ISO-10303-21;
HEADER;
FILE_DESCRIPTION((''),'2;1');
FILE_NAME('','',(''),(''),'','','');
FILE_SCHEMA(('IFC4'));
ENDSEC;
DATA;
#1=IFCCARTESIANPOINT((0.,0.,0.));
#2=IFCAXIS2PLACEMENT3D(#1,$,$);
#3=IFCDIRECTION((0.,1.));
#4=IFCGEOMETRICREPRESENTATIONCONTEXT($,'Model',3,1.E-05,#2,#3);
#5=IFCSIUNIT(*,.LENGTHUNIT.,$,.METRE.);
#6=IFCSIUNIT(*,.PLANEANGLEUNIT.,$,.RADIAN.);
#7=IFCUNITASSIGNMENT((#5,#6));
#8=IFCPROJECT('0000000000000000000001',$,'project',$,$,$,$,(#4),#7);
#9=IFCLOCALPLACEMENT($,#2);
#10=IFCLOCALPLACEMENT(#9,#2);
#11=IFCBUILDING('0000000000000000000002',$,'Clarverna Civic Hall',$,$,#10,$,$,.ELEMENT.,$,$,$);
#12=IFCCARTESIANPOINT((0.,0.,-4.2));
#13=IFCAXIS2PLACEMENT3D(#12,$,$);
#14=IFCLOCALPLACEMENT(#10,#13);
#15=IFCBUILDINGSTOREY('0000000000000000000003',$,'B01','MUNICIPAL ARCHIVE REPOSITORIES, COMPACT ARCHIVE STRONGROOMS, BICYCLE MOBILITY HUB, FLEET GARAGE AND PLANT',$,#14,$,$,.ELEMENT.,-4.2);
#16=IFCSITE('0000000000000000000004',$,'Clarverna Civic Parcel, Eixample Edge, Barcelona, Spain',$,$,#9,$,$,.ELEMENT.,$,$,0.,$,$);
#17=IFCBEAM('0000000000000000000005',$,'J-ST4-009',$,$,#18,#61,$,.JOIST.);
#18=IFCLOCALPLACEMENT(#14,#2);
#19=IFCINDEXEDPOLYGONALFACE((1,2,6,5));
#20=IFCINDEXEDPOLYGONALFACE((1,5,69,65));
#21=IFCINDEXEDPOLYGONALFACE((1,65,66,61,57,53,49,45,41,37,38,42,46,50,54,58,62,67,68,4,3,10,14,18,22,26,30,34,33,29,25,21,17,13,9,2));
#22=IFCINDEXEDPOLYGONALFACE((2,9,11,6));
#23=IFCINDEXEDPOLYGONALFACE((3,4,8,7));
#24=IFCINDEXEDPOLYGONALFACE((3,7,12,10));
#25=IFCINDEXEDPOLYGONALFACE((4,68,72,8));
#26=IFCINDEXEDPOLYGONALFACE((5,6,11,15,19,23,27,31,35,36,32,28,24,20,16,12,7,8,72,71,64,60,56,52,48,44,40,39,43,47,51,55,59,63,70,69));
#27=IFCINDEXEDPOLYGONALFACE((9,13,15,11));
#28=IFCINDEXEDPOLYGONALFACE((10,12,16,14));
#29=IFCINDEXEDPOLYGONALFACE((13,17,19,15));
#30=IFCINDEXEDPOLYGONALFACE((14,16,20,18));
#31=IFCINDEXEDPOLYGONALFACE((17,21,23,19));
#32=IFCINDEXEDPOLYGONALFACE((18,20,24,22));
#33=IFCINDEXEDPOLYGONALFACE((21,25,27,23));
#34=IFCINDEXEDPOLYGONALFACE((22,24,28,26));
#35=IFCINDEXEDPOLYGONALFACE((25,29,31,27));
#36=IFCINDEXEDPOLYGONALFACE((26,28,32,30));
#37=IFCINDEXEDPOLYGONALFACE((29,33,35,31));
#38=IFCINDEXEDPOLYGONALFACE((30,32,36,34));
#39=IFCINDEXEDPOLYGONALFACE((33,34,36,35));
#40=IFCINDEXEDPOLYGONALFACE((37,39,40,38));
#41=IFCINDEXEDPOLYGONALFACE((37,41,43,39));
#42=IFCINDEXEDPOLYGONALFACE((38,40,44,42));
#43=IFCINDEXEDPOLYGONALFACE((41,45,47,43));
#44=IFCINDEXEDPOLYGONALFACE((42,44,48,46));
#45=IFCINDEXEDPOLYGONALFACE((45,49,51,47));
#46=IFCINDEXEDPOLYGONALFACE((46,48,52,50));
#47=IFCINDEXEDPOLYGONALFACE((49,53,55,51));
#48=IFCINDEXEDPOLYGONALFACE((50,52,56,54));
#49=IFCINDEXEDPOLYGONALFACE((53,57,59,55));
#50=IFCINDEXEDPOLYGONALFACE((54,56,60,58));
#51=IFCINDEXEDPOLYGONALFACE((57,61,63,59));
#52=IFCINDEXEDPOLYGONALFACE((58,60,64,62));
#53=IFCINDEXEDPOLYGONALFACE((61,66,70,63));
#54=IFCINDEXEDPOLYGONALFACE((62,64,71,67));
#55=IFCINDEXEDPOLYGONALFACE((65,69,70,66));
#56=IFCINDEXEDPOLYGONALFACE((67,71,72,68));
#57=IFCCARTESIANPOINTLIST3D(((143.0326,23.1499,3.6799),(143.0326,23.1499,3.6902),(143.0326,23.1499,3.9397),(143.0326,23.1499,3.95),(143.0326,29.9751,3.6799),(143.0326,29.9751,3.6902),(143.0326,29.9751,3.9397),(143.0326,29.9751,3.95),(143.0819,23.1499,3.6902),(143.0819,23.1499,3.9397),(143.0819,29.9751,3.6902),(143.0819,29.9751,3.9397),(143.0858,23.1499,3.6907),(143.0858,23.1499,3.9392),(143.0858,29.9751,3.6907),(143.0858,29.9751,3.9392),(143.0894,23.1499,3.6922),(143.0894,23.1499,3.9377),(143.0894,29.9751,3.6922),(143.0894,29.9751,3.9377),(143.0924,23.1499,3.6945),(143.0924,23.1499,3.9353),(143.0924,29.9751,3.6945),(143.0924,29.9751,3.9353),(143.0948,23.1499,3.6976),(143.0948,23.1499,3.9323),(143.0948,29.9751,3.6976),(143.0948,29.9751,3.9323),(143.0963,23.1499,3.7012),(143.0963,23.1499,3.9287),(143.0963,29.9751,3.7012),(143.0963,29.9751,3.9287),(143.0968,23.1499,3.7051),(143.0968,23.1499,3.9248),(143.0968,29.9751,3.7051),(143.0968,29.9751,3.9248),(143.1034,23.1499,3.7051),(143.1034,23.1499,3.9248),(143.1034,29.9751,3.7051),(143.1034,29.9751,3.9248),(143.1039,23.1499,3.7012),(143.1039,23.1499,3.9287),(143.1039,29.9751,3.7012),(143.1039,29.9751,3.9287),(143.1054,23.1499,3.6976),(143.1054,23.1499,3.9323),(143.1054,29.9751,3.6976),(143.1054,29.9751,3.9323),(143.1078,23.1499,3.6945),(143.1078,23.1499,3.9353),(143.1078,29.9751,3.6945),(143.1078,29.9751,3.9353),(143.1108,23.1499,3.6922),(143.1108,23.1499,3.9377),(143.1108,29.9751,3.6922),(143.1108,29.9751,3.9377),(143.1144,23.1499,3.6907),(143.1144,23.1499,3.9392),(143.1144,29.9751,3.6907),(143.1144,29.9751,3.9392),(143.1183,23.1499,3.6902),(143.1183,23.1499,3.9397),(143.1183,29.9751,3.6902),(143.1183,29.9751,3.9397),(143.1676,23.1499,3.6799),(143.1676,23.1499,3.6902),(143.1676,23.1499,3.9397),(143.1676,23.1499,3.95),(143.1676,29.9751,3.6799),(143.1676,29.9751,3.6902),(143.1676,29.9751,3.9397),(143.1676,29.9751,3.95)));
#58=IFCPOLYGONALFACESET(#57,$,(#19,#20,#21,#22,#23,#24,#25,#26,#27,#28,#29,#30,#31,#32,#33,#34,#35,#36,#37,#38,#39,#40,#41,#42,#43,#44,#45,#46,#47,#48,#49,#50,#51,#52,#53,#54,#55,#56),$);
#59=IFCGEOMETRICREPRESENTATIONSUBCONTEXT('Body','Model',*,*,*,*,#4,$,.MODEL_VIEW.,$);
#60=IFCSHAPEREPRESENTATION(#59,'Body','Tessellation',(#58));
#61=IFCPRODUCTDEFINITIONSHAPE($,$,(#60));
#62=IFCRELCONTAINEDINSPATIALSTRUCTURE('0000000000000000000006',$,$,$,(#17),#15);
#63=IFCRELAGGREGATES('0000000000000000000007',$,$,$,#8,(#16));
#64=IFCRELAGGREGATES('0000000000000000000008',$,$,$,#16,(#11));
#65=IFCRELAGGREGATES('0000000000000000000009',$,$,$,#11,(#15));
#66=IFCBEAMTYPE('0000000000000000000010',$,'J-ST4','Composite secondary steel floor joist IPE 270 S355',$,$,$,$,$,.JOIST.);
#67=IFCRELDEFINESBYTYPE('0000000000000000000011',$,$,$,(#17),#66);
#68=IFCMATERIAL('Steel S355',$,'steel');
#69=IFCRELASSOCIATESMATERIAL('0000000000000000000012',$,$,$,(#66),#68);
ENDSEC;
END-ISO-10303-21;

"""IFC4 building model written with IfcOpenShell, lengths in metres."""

from ifc_helpers import new_model, si_unit, direction, frame, origin, origin_2d, place, context, subcontext, project, spatial, i_section, extrude, material, material_profile, profile_set, type_object, element, save


model = new_model("IFC4")

# Units and contexts
model_context = context("Model", 3, precision=1e-05, world=origin(), true_north=direction((0.0, 1.0)))
body_context = subcontext(model_context, "Body", "Model", "MODEL_VIEW")
ifc_project = project(units=[si_unit("LENGTHUNIT", "METRE"), si_unit("PLANEANGLEUNIT", "RADIAN")], contexts=[model_context])

# Site, building, storey
site_placement = place(None, origin())
site = spatial("IfcSite", under=ifc_project, at=site_placement, Name="Clarverna Civic Parcel, Eixample Edge, Barcelona, Spain", CompositionType="ELEMENT", RefElevation=0.0)
building_placement = place(site_placement, origin())
building = spatial("IfcBuilding", under=site, at=building_placement, Name="Clarverna Civic Hall", CompositionType="ELEMENT")
storey_placement = place(building_placement, frame((0.0, 0.0, -4.2)))
storey = spatial("IfcBuildingStorey", under=building, at=storey_placement, Name="B01", Description="MUNICIPAL ARCHIVE REPOSITORIES, COMPACT ARCHIVE STRONGROOMS, BICYCLE MOBILITY HUB, FLEET GARAGE AND PLANT", CompositionType="ELEMENT", Elevation=-4.2)

# Beam
ifc_material_1 = material(Name="Steel S355", Category="steel")
ifc_material_profile_1 = material_profile(ifc_material_1, i_section(OverallWidth=0.135, OverallDepth=0.27, WebThickness=0.0066, FlangeThickness=0.0103, FilletRadius=0.0149, at=origin_2d()), Name="IPE 270")
ifc_profile_set_1 = profile_set([ifc_material_profile_1], Name="Steel S355")
beam_type_1 = type_object("IfcBeamType", Name="J-ST4", Description="Composite secondary steel floor joist IPE 270 S355", PredefinedType="JOIST", material=ifc_profile_set_1)
beam_1_placement = place(storey_placement, frame((143.1001, 23.1499, 3.8149), z_axis=(0.0, 1.0, 0.0), x_axis=(-1.0, 0.0, 0.0)))
element("IfcBeam", 1, at=beam_1_placement, inside=storey, type_object=beam_type_1, Name="J-ST4-009", PredefinedType="JOIST", context=body_context, shape_type="SweptSolid", body=[
    extrude(i_section(OverallWidth=0.135, OverallDepth=0.27, WebThickness=0.0066, FlangeThickness=0.0103, FilletRadius=0.0149, at=origin_2d()), origin(), (0.0, 0.0, 1.0), 6.8252),
])

save(model, "model.ifc")
